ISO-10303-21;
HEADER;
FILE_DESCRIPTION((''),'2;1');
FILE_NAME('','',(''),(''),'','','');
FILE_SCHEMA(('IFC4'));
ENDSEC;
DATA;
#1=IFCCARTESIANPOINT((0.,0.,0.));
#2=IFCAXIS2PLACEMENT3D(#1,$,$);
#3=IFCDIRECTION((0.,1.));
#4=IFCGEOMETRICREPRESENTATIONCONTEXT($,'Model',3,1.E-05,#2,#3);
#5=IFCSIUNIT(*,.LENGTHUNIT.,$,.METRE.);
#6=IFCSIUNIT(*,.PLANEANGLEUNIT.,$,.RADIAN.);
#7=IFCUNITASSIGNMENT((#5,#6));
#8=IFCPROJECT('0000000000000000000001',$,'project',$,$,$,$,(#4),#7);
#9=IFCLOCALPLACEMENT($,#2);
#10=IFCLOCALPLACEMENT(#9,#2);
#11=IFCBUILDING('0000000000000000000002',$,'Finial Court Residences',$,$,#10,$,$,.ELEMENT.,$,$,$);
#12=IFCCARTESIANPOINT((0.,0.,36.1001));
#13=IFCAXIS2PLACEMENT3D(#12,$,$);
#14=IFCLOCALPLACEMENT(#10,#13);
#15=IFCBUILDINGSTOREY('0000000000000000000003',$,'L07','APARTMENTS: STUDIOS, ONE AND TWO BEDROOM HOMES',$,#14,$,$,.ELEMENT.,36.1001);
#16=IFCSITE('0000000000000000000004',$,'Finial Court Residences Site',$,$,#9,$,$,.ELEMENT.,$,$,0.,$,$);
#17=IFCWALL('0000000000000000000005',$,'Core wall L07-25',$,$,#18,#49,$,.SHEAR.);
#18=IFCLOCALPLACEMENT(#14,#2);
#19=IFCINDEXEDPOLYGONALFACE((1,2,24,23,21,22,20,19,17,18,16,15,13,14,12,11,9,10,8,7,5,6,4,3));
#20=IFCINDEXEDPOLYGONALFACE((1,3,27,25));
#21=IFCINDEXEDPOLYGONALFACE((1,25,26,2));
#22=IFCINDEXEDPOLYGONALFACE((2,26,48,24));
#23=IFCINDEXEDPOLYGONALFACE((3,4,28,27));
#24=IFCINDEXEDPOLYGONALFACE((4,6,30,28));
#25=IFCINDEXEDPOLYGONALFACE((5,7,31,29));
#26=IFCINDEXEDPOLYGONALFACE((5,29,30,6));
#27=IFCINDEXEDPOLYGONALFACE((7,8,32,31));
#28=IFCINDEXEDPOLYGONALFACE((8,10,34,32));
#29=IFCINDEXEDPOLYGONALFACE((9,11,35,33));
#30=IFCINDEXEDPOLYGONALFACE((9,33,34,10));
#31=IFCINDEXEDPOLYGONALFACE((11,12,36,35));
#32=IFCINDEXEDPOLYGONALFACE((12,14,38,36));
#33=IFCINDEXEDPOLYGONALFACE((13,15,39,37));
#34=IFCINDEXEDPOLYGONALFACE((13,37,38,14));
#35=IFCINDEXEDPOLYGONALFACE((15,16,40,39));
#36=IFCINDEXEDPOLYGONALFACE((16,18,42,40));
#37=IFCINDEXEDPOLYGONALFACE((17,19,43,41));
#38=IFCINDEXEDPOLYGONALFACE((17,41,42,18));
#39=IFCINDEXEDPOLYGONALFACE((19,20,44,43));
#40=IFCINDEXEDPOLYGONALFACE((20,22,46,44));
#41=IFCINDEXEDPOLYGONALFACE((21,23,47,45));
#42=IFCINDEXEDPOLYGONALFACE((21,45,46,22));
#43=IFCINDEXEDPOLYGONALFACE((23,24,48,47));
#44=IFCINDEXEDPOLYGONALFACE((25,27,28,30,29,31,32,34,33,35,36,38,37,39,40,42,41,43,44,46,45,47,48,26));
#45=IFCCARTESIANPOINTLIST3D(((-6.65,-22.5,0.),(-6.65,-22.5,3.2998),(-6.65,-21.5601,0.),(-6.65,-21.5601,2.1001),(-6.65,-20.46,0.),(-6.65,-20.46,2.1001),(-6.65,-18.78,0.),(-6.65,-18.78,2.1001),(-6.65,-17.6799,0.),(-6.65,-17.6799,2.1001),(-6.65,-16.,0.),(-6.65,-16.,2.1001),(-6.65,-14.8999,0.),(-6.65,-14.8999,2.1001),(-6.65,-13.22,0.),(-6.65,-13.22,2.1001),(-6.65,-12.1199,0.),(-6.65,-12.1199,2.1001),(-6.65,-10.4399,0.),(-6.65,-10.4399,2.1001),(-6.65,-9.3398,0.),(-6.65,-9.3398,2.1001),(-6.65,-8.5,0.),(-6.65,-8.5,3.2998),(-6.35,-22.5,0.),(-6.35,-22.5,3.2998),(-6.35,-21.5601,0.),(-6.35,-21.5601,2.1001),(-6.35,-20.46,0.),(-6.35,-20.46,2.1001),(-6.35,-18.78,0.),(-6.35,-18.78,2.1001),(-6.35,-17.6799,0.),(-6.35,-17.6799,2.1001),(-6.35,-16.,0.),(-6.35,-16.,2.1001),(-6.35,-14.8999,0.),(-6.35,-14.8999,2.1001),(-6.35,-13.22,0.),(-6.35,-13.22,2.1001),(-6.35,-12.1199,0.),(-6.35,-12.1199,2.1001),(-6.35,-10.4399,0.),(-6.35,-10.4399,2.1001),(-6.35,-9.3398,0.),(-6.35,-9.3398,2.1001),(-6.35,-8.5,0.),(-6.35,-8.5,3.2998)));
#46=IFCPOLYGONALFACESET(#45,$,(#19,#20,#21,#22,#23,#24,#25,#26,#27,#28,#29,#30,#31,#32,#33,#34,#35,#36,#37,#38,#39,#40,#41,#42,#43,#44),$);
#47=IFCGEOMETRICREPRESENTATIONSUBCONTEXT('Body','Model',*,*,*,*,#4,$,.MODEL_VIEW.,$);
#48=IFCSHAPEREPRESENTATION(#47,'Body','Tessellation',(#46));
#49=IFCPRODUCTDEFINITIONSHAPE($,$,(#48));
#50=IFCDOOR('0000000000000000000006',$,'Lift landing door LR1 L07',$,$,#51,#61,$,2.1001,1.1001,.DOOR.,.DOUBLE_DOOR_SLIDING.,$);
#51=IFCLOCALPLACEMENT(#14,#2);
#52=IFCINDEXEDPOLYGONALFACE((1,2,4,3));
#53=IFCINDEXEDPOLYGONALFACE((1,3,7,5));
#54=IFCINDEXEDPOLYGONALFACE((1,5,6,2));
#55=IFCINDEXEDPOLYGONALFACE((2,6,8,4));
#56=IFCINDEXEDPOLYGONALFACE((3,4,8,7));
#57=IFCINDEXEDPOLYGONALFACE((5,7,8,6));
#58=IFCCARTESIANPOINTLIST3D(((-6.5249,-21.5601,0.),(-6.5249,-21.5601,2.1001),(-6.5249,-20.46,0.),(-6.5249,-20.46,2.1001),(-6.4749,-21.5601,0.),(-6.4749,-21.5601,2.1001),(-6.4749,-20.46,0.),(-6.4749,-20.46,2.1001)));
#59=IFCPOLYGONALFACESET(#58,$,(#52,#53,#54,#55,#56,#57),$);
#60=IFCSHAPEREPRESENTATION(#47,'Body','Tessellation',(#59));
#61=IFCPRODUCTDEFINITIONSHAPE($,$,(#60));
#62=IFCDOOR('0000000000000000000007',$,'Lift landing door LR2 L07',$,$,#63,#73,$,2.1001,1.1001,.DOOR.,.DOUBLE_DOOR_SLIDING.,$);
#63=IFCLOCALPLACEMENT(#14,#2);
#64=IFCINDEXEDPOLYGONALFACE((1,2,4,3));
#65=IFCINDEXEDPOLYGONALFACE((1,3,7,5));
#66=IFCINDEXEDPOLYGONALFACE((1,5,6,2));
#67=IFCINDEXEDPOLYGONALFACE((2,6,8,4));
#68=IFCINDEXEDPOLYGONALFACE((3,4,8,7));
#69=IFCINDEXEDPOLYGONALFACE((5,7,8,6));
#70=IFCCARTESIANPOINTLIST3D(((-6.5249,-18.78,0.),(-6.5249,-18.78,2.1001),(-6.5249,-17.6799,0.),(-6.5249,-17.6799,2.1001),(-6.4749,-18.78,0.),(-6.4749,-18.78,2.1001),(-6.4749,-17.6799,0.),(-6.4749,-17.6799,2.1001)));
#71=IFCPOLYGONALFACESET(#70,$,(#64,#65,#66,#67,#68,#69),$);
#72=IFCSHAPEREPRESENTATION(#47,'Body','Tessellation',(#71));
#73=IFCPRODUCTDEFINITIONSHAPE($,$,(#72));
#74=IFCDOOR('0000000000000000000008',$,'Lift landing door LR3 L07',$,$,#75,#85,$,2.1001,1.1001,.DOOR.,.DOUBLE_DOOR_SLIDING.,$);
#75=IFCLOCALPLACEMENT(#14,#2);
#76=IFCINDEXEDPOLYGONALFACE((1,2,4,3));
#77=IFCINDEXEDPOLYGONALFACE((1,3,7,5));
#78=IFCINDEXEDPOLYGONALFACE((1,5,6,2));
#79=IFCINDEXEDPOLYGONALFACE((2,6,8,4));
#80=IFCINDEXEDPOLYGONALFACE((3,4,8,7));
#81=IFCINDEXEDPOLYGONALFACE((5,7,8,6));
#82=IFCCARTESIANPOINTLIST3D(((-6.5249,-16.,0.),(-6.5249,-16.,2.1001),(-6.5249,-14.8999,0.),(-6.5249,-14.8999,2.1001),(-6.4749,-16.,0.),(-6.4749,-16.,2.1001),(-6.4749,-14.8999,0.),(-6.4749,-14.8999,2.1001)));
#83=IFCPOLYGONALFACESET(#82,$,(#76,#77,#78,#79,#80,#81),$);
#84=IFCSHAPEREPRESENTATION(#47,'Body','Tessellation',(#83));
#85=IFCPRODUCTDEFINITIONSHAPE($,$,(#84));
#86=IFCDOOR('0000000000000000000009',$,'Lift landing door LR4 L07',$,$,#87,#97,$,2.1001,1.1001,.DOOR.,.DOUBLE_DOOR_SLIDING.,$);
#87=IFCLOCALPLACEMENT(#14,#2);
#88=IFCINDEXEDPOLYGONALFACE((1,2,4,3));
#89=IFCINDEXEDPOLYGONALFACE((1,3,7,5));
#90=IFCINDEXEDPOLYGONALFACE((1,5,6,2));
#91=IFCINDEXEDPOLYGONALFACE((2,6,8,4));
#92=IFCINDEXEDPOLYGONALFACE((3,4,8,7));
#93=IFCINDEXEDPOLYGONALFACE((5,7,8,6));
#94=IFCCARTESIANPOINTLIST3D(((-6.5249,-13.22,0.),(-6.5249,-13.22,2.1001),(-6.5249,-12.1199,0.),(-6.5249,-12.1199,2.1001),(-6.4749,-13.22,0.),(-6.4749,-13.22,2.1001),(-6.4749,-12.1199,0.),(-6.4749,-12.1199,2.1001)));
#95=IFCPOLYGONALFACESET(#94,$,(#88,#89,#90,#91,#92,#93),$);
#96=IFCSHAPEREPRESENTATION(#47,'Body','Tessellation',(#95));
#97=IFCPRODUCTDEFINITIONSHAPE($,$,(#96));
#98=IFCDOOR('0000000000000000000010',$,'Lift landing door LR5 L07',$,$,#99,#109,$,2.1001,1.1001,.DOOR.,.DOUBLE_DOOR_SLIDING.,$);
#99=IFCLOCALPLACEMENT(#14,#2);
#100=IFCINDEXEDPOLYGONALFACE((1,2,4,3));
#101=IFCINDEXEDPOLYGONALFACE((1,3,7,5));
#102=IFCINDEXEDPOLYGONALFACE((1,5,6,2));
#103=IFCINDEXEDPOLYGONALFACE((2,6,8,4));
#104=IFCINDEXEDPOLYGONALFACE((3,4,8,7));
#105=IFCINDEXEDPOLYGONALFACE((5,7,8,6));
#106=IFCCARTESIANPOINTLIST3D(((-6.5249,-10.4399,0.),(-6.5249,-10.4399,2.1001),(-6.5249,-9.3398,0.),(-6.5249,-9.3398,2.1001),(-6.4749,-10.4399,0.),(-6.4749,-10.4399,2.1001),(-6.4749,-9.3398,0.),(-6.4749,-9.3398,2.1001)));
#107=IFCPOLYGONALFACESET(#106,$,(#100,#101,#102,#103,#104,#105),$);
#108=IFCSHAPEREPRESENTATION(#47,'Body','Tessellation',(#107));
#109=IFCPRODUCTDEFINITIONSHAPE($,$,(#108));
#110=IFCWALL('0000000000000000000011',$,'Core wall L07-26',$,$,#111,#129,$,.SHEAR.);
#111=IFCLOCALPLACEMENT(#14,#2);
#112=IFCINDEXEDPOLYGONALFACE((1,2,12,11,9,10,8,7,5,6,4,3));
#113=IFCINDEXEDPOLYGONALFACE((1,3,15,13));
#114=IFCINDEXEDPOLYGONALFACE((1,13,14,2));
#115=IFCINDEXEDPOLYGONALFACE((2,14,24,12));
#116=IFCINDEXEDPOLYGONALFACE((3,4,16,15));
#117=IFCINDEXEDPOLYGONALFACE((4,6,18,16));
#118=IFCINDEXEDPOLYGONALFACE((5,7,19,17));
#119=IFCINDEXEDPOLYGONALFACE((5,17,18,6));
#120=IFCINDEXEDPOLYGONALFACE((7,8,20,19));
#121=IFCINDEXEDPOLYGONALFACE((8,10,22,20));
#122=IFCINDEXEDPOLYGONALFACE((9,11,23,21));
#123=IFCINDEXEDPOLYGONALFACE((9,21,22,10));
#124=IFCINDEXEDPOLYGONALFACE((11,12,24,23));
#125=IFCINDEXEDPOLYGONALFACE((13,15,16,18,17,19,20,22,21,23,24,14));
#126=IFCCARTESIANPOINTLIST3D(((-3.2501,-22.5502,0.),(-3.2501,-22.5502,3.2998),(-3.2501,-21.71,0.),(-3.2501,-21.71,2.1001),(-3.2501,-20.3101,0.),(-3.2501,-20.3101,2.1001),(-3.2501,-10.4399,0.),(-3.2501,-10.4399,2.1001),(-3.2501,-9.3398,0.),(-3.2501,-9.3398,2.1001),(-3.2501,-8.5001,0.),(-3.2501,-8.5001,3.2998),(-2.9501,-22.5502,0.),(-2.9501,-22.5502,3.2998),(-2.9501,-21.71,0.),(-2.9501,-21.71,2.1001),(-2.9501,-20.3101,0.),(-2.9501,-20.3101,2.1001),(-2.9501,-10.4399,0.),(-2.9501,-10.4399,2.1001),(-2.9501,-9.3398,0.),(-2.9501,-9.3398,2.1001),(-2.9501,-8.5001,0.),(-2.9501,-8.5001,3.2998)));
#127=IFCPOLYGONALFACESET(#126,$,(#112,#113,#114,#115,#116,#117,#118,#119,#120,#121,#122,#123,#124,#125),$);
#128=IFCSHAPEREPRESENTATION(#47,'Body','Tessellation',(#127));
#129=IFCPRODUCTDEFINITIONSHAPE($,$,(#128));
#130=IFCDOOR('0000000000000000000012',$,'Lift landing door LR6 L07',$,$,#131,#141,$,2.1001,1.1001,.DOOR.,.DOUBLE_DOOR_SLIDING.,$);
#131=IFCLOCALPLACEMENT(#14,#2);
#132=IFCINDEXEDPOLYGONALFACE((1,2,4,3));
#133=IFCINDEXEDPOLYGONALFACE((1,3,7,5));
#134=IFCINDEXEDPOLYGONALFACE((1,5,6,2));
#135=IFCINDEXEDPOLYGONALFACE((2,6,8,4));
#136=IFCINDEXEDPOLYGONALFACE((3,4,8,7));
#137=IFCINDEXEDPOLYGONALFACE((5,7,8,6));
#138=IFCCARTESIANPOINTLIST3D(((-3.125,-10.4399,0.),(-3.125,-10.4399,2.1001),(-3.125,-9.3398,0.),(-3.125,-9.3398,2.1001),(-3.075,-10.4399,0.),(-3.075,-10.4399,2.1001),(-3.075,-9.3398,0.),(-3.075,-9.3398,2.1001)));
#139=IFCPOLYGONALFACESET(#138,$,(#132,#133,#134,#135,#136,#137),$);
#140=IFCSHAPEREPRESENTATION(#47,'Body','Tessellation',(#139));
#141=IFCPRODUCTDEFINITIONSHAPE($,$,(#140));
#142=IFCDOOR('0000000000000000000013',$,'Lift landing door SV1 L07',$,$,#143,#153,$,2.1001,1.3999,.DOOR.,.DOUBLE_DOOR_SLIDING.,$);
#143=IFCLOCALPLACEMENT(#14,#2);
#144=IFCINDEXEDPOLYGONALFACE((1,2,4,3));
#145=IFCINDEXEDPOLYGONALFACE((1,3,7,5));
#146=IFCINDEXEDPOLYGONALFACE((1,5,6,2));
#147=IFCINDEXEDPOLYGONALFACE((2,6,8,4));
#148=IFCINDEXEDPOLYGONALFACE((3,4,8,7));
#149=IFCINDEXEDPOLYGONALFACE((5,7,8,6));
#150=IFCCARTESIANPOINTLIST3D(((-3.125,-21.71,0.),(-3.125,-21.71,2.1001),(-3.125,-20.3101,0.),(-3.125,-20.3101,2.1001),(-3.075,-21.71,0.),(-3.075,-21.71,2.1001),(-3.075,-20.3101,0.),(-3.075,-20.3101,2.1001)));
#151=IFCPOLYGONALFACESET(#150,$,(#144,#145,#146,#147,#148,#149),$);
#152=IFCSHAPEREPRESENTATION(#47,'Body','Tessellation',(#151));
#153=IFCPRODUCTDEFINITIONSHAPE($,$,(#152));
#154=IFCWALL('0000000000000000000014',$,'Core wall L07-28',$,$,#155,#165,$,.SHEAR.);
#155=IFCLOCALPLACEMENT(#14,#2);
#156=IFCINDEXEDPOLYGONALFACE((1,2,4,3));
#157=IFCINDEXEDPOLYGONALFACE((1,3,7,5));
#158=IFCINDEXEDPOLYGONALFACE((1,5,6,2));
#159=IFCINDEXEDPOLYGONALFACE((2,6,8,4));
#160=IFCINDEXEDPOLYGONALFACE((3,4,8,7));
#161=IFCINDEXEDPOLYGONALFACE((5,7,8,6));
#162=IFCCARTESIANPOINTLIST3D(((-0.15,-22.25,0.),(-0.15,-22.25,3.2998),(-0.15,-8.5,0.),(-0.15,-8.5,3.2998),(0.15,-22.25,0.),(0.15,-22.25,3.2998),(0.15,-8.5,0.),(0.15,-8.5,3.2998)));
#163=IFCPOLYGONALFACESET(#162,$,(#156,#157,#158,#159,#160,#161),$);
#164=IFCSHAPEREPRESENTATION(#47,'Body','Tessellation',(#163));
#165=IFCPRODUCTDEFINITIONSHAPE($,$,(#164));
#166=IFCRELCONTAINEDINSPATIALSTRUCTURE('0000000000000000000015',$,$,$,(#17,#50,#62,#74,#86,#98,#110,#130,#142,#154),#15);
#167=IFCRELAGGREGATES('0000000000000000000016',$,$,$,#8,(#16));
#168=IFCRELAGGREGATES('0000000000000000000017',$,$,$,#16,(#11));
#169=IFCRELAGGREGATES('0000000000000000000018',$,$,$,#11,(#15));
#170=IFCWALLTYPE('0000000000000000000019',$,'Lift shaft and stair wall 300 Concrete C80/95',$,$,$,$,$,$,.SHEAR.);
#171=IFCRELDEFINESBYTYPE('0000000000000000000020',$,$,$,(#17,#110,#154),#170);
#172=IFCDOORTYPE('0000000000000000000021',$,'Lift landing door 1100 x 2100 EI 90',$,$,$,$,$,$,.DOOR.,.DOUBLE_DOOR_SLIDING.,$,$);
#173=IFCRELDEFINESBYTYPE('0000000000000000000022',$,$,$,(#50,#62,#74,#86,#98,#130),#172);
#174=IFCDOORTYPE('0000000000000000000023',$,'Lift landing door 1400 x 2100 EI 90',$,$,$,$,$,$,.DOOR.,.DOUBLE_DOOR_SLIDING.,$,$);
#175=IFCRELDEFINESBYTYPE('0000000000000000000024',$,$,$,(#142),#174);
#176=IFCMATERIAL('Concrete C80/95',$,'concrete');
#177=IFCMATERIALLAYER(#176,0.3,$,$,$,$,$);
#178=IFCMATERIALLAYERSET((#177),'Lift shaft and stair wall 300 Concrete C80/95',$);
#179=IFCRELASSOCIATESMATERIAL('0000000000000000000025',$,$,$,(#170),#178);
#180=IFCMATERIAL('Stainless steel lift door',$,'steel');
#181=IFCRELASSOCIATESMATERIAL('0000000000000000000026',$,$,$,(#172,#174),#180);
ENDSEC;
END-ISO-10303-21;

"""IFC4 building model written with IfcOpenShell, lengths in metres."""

from ifc_helpers import new_model, si_unit, direction, frame, frame_2d, origin, place, context, subcontext, project, spatial, rectangle, extrude, material, layer, layer_set, type_object, element, fill, save


model = new_model("IFC4")

# Units and contexts
model_context = context("Model", 3, precision=1e-05, world=origin(), true_north=direction((0.0, 1.0)))
body_context = subcontext(model_context, "Body", "Model", "MODEL_VIEW")
ifc_project = project(units=[si_unit("LENGTHUNIT", "METRE"), si_unit("PLANEANGLEUNIT", "RADIAN")], contexts=[model_context])

# Site, building, storey
site_placement = place(None, origin())
site = spatial("IfcSite", under=ifc_project, at=site_placement, Name="Finial Court Residences Site", CompositionType="ELEMENT", RefElevation=0.0)
building_placement = place(site_placement, origin())
building = spatial("IfcBuilding", under=site, at=building_placement, Name="Finial Court Residences", CompositionType="ELEMENT")
storey_placement = place(building_placement, frame((0.0, 0.0, 36.1001)))
storey = spatial("IfcBuildingStorey", under=building, at=storey_placement, Name="L07", Description="APARTMENTS: STUDIOS, ONE AND TWO BEDROOM HOMES", CompositionType="ELEMENT", Elevation=36.1001)

# Shared definitions
ifc_material_1 = material(Name="Concrete C80/95", Category="concrete")
ifc_layer_1 = layer(ifc_material_1, 0.3)
ifc_layer_set_1 = layer_set([ifc_layer_1], Name="Lift shaft and stair wall 300 Concrete C80/95")
wall_type_1 = type_object("IfcWallType", Name="Lift shaft and stair wall 300 Concrete C80/95", PredefinedType="SHEAR", material=ifc_layer_set_1)

# Walls, openings, doors
wall_1_placement = place(storey_placement, frame((-6.5, -22.5, 0.0), z_axis=(0.0, 0.0, 1.0), x_axis=(0.0, 1.0, 0.0)))
wall_1 = element("IfcWall", 1, at=wall_1_placement, inside=storey, type_object=wall_type_1, Name="Core wall L07-25", PredefinedType="SHEAR", context=body_context, shape_type="SweptSolid", body=[
    extrude(rectangle(XDim=14.0, YDim=0.3, at=frame_2d((7.0, 0.0))), origin(), (0.0, 0.0, 1.0), 3.2998),
])
opening_1_placement = place(wall_1_placement, frame((0.9399, 0.0, 0.0)))
opening_1 = element("IfcOpeningElement", 2, at=opening_1_placement, cuts=wall_1, PredefinedType="OPENING", context=body_context, shape_type="SweptSolid", body=[
    extrude(rectangle(XDim=1.1001, YDim=2.1001, at=frame_2d((0.55, 1.05))), frame((0.0, 0.1599, 0.0), z_axis=(0.0, -1.0, 0.0), x_axis=(1.0, 0.0, 0.0)), (0.0, 0.0, 1.0), 0.3201),
])
opening_2_placement = place(wall_1_placement, frame((3.72, 0.0, 0.0)))
opening_2 = element("IfcOpeningElement", 3, at=opening_2_placement, cuts=wall_1, PredefinedType="OPENING", context=body_context, shape_type="SweptSolid", body=[
    extrude(rectangle(XDim=1.1001, YDim=2.1001, at=frame_2d((0.55, 1.05))), frame((0.0, 0.1599, 0.0), z_axis=(0.0, -1.0, 0.0), x_axis=(1.0, 0.0, 0.0)), (0.0, 0.0, 1.0), 0.3201),
])
opening_3_placement = place(wall_1_placement, frame((6.5, 0.0, 0.0)))
opening_3 = element("IfcOpeningElement", 4, at=opening_3_placement, cuts=wall_1, PredefinedType="OPENING", context=body_context, shape_type="SweptSolid", body=[
    extrude(rectangle(XDim=1.1001, YDim=2.1001, at=frame_2d((0.55, 1.05))), frame((0.0, 0.1599, 0.0), z_axis=(0.0, -1.0, 0.0), x_axis=(1.0, 0.0, 0.0)), (0.0, 0.0, 1.0), 0.3201),
])
opening_4_placement = place(wall_1_placement, frame((9.28, 0.0, 0.0)))
opening_4 = element("IfcOpeningElement", 5, at=opening_4_placement, cuts=wall_1, PredefinedType="OPENING", context=body_context, shape_type="SweptSolid", body=[
    extrude(rectangle(XDim=1.1001, YDim=2.1001, at=frame_2d((0.55, 1.05))), frame((0.0, 0.1599, 0.0), z_axis=(0.0, -1.0, 0.0), x_axis=(1.0, 0.0, 0.0)), (0.0, 0.0, 1.0), 0.3201),
])
opening_5_placement = place(wall_1_placement, frame((12.0601, 0.0, 0.0)))
opening_5 = element("IfcOpeningElement", 6, at=opening_5_placement, cuts=wall_1, PredefinedType="OPENING", context=body_context, shape_type="SweptSolid", body=[
    extrude(rectangle(XDim=1.1001, YDim=2.1001, at=frame_2d((0.55, 1.05))), frame((0.0, 0.1599, 0.0), z_axis=(0.0, -1.0, 0.0), x_axis=(1.0, 0.0, 0.0)), (0.0, 0.0, 1.0), 0.3201),
])
ifc_material_2 = material(Name="Stainless steel lift door", Category="steel")
door_type_1 = type_object("IfcDoorType", Name="Lift landing door 1100 x 2100 EI 90", OperationType="DOUBLE_DOOR_SLIDING", PredefinedType="DOOR", material=ifc_material_2)
door_1_placement = place(opening_1_placement, origin())
door_1 = element("IfcDoor", 7, at=door_1_placement, inside=storey, type_object=door_type_1, Name="Lift landing door LR1 L07", OperationType="DOUBLE_DOOR_SLIDING", OverallHeight=2.1001, OverallWidth=1.1001, PredefinedType="DOOR", context=body_context, shape_type="SweptSolid", body=[
    extrude(rectangle(XDim=1.1001, YDim=2.1001, at=frame_2d((0.55, 1.05))), frame((0.0, 0.0249, 0.0), z_axis=(0.0, -1.0, 0.0), x_axis=(1.0, 0.0, 0.0)), (0.0, 0.0, 1.0), 0.05),
])
fill(opening_1, door_1)
door_2_placement = place(opening_2_placement, origin())
door_2 = element("IfcDoor", 8, at=door_2_placement, inside=storey, type_object=door_type_1, Name="Lift landing door LR2 L07", OperationType="DOUBLE_DOOR_SLIDING", OverallHeight=2.1001, OverallWidth=1.1001, PredefinedType="DOOR", context=body_context, shape_type="SweptSolid", body=[
    extrude(rectangle(XDim=1.1001, YDim=2.1001, at=frame_2d((0.55, 1.05))), frame((0.0, 0.0249, 0.0), z_axis=(0.0, -1.0, 0.0), x_axis=(1.0, 0.0, 0.0)), (0.0, 0.0, 1.0), 0.05),
])
fill(opening_2, door_2)
door_3_placement = place(opening_3_placement, origin())
door_3 = element("IfcDoor", 9, at=door_3_placement, inside=storey, type_object=door_type_1, Name="Lift landing door LR3 L07", OperationType="DOUBLE_DOOR_SLIDING", OverallHeight=2.1001, OverallWidth=1.1001, PredefinedType="DOOR", context=body_context, shape_type="SweptSolid", body=[
    extrude(rectangle(XDim=1.1001, YDim=2.1001, at=frame_2d((0.55, 1.05))), frame((0.0, 0.0249, 0.0), z_axis=(0.0, -1.0, 0.0), x_axis=(1.0, 0.0, 0.0)), (0.0, 0.0, 1.0), 0.05),
])
fill(opening_3, door_3)
door_4_placement = place(opening_4_placement, origin())
door_4 = element("IfcDoor", 10, at=door_4_placement, inside=storey, type_object=door_type_1, Name="Lift landing door LR4 L07", OperationType="DOUBLE_DOOR_SLIDING", OverallHeight=2.1001, OverallWidth=1.1001, PredefinedType="DOOR", context=body_context, shape_type="SweptSolid", body=[
    extrude(rectangle(XDim=1.1001, YDim=2.1001, at=frame_2d((0.55, 1.05))), frame((0.0, 0.0249, 0.0), z_axis=(0.0, -1.0, 0.0), x_axis=(1.0, 0.0, 0.0)), (0.0, 0.0, 1.0), 0.05),
])
fill(opening_4, door_4)
door_5_placement = place(opening_5_placement, origin())
door_5 = element("IfcDoor", 11, at=door_5_placement, inside=storey, type_object=door_type_1, Name="Lift landing door LR5 L07", OperationType="DOUBLE_DOOR_SLIDING", OverallHeight=2.1001, OverallWidth=1.1001, PredefinedType="DOOR", context=body_context, shape_type="SweptSolid", body=[
    extrude(rectangle(XDim=1.1001, YDim=2.1001, at=frame_2d((0.55, 1.05))), frame((0.0, 0.0249, 0.0), z_axis=(0.0, -1.0, 0.0), x_axis=(1.0, 0.0, 0.0)), (0.0, 0.0, 1.0), 0.05),
])
fill(opening_5, door_5)
wall_2_placement = place(storey_placement, frame((-3.1001, -22.55, 0.0), z_axis=(0.0, 0.0, 1.0), x_axis=(0.0, 1.0, 0.0)))
wall_2 = element("IfcWall", 12, at=wall_2_placement, inside=storey, type_object=wall_type_1, Name="Core wall L07-26", PredefinedType="SHEAR", context=body_context, shape_type="SweptSolid", body=[
    extrude(rectangle(XDim=14.05, YDim=0.3, at=frame_2d((7.0249, 0.0))), origin(), (0.0, 0.0, 1.0), 3.2998),
])
opening_6_placement = place(wall_2_placement, frame((12.1101, 0.0, 0.0)))
opening_6 = element("IfcOpeningElement", 13, at=opening_6_placement, cuts=wall_2, PredefinedType="OPENING", context=body_context, shape_type="SweptSolid", body=[
    extrude(rectangle(XDim=1.1001, YDim=2.1001, at=frame_2d((0.55, 1.05))), frame((0.0, 0.1599, 0.0), z_axis=(0.0, -1.0, 0.0), x_axis=(1.0, 0.0, 0.0)), (0.0, 0.0, 1.0), 0.3201),
])
opening_7_placement = place(wall_2_placement, frame((0.8401, 0.0, 0.0)))
opening_7 = element("IfcOpeningElement", 14, at=opening_7_placement, cuts=wall_2, PredefinedType="OPENING", context=body_context, shape_type="SweptSolid", body=[
    extrude(rectangle(XDim=1.3999, YDim=2.1001, at=frame_2d((0.7, 1.05))), frame((0.0, 0.1599, 0.0), z_axis=(0.0, -1.0, 0.0), x_axis=(1.0, 0.0, 0.0)), (0.0, 0.0, 1.0), 0.3201),
])
door_6_placement = place(opening_6_placement, origin())
door_6 = element("IfcDoor", 15, at=door_6_placement, inside=storey, type_object=door_type_1, Name="Lift landing door LR6 L07", OperationType="DOUBLE_DOOR_SLIDING", OverallHeight=2.1001, OverallWidth=1.1001, PredefinedType="DOOR", context=body_context, shape_type="SweptSolid", body=[
    extrude(rectangle(XDim=1.1001, YDim=2.1001, at=frame_2d((0.55, 1.05))), frame((0.0, 0.0249, 0.0), z_axis=(0.0, -1.0, 0.0), x_axis=(1.0, 0.0, 0.0)), (0.0, 0.0, 1.0), 0.05),
])
fill(opening_6, door_6)
door_type_2 = type_object("IfcDoorType", Name="Lift landing door 1400 x 2100 EI 90", OperationType="DOUBLE_DOOR_SLIDING", PredefinedType="DOOR", material=ifc_material_2)
door_7_placement = place(opening_7_placement, origin())
door_7 = element("IfcDoor", 16, at=door_7_placement, inside=storey, type_object=door_type_2, Name="Lift landing door SV1 L07", OperationType="DOUBLE_DOOR_SLIDING", OverallHeight=2.1001, OverallWidth=1.3999, PredefinedType="DOOR", context=body_context, shape_type="SweptSolid", body=[
    extrude(rectangle(XDim=1.3999, YDim=2.1001, at=frame_2d((0.7, 1.05))), frame((0.0, 0.0249, 0.0), z_axis=(0.0, -1.0, 0.0), x_axis=(1.0, 0.0, 0.0)), (0.0, 0.0, 1.0), 0.05),
])
fill(opening_7, door_7)

# Wall
wall_3_placement = place(storey_placement, frame((0.0, -22.25, 0.0), z_axis=(0.0, 0.0, 1.0), x_axis=(0.0, 1.0, 0.0)))
element("IfcWall", 17, at=wall_3_placement, inside=storey, type_object=wall_type_1, Name="Core wall L07-28", PredefinedType="SHEAR", context=body_context, shape_type="SweptSolid", body=[
    extrude(rectangle(XDim=13.75, YDim=0.3, at=frame_2d((6.875, 0.0))), origin(), (0.0, 0.0, 1.0), 3.2998),
])

save(model, "model.ifc")
